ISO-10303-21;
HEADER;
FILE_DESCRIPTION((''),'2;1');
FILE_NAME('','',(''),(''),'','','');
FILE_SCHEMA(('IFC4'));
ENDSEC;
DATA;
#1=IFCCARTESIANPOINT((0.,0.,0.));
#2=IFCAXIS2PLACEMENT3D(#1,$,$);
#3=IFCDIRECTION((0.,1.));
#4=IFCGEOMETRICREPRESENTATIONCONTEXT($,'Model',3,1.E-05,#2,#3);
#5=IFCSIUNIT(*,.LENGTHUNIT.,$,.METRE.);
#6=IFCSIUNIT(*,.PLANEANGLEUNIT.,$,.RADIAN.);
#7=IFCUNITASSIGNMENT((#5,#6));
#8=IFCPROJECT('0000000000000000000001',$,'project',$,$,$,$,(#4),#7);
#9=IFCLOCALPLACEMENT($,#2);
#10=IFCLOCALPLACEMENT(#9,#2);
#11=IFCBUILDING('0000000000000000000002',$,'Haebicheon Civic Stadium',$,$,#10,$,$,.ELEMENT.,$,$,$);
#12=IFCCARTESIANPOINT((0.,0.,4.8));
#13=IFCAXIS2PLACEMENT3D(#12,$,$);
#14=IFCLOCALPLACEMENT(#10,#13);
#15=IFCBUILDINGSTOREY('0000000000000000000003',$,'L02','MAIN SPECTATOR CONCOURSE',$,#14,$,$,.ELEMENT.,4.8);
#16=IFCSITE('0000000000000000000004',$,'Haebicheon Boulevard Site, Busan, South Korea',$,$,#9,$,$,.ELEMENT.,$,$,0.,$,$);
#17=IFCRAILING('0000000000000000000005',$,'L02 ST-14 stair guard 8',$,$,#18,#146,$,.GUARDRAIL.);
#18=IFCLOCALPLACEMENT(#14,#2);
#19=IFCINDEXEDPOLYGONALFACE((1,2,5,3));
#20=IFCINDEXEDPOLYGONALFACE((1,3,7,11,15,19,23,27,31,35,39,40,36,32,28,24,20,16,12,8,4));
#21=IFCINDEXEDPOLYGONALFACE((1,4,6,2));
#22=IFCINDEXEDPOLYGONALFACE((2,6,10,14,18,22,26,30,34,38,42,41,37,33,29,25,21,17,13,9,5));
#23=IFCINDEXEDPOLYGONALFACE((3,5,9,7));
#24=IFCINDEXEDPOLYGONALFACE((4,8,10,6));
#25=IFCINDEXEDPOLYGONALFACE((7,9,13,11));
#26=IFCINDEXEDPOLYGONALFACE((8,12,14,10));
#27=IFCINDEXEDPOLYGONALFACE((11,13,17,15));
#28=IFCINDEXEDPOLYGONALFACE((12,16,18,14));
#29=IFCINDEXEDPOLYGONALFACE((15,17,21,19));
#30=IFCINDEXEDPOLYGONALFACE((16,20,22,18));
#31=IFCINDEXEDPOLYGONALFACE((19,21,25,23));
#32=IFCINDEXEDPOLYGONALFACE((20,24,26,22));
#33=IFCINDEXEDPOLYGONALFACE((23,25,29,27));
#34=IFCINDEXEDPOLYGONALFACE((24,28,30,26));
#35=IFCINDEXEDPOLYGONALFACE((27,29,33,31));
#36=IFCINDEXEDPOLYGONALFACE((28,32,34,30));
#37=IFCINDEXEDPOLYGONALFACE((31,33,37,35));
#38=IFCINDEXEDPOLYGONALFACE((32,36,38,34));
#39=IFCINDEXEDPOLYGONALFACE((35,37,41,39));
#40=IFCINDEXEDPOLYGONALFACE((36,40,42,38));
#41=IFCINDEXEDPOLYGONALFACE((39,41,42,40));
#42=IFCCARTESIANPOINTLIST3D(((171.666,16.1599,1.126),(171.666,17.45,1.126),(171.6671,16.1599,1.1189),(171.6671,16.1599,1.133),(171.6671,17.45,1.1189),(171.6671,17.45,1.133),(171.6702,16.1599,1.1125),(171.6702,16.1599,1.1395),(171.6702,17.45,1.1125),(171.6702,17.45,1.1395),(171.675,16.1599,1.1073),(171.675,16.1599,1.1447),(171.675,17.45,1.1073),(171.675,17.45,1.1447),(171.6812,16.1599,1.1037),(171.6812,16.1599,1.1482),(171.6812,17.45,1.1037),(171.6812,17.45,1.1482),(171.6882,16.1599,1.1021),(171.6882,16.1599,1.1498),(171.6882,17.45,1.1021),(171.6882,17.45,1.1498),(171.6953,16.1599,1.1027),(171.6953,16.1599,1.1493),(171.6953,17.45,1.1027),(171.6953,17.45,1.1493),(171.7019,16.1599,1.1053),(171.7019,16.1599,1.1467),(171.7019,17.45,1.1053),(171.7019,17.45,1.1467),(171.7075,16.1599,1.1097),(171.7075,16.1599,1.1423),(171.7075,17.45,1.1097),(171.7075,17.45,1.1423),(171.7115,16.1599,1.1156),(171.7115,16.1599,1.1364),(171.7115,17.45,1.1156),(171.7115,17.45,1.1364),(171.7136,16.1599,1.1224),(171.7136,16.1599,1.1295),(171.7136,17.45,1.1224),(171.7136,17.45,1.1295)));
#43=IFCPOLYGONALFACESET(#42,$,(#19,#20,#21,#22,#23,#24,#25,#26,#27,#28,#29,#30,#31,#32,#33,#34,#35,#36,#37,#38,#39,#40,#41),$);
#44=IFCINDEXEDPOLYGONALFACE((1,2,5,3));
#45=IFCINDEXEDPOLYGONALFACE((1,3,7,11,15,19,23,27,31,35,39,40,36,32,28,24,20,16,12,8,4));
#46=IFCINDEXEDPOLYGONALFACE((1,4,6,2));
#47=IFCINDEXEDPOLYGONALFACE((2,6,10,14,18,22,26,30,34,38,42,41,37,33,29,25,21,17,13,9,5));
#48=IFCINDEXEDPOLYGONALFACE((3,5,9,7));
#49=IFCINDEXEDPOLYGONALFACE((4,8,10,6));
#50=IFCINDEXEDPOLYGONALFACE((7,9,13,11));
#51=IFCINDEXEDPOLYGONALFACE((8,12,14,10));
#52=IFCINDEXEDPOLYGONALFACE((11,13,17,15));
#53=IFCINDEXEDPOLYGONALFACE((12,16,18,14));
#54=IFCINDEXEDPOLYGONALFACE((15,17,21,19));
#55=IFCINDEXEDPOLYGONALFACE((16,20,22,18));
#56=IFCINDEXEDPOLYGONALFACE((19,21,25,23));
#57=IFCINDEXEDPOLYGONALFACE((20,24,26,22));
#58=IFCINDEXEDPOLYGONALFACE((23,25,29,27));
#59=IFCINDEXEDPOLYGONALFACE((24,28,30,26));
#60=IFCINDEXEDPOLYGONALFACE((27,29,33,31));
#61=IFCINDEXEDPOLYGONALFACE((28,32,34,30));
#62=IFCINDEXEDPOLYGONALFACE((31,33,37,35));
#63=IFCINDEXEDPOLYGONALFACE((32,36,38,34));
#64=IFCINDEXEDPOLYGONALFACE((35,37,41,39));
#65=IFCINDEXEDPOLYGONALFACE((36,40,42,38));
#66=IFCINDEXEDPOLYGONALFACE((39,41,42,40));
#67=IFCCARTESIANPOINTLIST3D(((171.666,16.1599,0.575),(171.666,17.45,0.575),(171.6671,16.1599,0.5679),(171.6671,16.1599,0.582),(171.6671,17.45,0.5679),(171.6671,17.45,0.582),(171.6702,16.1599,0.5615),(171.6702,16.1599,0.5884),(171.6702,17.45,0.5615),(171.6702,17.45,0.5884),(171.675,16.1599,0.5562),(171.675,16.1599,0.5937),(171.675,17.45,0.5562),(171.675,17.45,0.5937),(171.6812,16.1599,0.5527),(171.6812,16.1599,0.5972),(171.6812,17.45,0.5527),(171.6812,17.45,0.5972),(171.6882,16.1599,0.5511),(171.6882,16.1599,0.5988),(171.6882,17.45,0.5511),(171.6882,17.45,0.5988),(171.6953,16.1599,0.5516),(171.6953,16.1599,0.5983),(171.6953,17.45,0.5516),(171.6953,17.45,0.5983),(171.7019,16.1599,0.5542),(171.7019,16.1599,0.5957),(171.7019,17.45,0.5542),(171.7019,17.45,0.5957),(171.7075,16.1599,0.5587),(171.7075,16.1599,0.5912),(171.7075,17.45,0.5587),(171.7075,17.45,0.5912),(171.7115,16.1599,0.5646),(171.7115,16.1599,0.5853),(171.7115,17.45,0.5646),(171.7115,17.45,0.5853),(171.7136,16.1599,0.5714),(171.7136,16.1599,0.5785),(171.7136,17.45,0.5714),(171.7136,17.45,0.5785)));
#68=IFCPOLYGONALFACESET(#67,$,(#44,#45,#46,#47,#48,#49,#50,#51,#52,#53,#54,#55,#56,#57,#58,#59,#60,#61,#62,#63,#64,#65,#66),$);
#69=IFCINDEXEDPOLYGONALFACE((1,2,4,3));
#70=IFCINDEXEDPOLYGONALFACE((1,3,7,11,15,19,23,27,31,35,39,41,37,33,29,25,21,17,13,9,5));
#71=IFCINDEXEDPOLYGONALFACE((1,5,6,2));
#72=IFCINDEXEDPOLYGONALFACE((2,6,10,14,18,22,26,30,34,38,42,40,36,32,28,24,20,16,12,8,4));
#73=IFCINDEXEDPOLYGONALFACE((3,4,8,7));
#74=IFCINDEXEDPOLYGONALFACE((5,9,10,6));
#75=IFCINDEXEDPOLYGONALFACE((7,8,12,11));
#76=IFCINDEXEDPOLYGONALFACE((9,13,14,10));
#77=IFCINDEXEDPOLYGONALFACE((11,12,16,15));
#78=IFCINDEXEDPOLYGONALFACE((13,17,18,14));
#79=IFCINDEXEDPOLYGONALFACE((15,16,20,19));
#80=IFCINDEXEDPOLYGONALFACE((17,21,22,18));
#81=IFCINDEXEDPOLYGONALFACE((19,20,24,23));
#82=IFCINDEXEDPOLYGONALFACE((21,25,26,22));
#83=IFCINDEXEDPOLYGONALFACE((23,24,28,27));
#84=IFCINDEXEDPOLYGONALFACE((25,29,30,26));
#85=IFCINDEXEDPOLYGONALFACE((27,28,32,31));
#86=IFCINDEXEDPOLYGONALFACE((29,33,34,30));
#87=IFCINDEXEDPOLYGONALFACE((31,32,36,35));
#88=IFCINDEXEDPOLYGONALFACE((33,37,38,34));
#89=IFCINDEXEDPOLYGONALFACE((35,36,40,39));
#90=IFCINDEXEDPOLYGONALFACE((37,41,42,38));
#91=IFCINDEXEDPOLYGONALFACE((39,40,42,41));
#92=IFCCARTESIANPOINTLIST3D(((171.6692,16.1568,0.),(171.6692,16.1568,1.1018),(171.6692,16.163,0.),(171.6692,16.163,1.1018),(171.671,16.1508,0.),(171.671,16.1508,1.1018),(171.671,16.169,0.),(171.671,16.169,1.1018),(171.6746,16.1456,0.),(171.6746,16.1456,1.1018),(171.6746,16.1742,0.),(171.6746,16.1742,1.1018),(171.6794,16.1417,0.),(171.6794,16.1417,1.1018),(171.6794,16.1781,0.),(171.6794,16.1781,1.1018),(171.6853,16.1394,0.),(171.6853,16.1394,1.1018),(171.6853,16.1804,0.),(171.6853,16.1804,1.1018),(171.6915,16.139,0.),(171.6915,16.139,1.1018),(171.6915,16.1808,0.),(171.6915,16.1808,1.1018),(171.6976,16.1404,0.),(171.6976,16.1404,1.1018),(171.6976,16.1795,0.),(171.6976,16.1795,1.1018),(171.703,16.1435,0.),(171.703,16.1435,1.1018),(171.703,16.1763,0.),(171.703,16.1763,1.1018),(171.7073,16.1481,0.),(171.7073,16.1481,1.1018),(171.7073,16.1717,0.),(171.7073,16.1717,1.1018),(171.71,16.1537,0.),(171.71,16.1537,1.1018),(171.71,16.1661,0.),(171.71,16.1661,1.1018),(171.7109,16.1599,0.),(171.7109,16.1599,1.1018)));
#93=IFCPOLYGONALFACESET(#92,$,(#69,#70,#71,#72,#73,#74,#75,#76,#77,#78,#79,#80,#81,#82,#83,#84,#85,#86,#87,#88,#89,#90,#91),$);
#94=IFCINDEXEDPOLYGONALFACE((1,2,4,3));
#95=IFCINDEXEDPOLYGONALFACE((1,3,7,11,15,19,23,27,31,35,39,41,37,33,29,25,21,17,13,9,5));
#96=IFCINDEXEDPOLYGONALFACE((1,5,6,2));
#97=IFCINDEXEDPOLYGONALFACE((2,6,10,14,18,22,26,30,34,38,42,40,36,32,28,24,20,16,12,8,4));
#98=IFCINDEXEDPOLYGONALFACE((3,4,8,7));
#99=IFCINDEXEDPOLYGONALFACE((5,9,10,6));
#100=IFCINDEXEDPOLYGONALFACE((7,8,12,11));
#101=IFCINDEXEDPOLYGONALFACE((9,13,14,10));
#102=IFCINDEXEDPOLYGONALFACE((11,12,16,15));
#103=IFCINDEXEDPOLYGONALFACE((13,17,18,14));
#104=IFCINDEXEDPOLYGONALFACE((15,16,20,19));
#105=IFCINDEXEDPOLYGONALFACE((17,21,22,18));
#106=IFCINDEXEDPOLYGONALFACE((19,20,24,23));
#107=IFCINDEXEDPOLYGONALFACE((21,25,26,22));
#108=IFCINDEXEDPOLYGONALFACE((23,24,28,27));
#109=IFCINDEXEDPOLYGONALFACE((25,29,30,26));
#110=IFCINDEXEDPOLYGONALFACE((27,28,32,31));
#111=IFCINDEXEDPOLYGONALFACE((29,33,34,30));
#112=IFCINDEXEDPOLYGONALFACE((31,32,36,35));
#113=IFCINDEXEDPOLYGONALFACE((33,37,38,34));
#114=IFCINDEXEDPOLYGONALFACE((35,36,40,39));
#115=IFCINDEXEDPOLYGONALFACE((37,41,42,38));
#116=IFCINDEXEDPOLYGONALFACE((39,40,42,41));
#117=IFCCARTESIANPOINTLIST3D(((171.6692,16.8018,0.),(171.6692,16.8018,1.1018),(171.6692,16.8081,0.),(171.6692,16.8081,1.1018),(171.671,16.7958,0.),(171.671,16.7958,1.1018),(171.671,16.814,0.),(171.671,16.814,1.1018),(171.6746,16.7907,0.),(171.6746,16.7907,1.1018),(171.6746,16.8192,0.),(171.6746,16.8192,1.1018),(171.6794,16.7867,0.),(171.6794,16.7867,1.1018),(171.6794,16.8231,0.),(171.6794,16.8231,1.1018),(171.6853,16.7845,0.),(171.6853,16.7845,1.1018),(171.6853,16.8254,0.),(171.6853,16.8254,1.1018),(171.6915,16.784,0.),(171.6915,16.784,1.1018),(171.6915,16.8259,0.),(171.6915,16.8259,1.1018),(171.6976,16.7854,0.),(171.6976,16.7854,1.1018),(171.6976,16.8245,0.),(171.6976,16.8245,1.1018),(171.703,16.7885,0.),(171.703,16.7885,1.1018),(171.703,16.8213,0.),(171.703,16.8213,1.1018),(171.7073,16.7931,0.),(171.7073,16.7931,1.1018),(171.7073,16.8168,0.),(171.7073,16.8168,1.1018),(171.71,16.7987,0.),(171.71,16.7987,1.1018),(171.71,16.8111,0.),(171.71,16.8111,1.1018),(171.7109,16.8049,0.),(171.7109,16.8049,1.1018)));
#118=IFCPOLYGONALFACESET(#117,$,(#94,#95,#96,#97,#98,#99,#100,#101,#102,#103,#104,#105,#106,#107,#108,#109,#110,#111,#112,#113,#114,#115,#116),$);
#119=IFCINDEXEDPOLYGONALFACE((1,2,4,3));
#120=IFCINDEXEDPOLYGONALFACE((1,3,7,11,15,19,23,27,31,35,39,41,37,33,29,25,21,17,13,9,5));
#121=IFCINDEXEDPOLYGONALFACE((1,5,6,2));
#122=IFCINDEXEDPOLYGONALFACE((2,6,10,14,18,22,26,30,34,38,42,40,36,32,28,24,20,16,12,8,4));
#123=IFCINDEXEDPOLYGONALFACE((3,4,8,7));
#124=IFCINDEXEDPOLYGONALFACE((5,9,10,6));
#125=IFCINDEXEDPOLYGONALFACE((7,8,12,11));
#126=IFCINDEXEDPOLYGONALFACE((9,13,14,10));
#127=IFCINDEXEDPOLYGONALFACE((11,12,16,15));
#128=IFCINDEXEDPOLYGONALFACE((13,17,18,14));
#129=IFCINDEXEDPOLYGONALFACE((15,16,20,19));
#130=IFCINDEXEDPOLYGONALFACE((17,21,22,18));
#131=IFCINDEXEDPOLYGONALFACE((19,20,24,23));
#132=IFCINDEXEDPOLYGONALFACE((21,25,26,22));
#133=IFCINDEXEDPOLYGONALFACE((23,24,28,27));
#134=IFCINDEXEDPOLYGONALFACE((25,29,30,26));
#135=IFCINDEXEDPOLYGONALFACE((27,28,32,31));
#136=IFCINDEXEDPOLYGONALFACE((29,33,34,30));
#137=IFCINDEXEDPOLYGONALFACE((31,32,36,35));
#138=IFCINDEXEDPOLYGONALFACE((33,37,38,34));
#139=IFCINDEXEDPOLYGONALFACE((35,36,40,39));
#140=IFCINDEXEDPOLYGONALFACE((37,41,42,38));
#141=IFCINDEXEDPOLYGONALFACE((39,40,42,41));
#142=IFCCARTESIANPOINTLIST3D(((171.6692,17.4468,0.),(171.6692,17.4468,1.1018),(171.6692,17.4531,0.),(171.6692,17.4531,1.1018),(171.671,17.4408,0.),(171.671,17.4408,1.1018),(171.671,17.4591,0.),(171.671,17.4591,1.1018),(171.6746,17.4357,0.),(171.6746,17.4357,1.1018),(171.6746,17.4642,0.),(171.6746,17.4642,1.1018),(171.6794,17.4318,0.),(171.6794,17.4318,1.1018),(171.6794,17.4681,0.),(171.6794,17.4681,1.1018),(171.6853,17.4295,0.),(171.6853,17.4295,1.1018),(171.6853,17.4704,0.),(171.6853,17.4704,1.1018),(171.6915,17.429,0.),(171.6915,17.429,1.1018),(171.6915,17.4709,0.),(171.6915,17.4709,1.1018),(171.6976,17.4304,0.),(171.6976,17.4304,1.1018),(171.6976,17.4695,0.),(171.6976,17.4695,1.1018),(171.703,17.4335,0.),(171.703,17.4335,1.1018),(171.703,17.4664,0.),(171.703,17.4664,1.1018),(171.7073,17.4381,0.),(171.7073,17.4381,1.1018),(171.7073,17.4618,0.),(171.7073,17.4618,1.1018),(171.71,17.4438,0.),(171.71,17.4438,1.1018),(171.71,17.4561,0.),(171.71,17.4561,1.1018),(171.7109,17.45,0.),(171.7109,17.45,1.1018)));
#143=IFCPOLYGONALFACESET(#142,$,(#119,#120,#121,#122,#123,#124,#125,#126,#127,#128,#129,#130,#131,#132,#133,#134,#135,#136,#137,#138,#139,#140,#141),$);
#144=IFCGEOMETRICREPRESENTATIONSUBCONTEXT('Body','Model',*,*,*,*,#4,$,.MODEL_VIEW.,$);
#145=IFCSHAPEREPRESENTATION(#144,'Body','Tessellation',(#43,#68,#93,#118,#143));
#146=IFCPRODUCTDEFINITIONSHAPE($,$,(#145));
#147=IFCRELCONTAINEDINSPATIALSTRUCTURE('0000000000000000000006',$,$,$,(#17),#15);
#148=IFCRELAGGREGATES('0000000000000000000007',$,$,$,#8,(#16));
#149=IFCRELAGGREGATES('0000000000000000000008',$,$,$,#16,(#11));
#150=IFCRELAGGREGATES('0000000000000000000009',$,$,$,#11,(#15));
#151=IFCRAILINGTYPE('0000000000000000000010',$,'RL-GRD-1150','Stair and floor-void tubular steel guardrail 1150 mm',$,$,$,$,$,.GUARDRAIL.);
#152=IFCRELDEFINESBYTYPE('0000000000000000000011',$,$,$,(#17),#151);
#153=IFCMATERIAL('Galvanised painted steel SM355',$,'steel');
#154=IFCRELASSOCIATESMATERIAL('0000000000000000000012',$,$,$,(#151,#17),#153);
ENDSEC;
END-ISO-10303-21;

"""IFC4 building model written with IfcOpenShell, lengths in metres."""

from ifc_helpers import new_model, si_unit, direction, frame, origin, origin_2d, place, context, subcontext, project, spatial, circle, extrude, material, type_object, element, save


model = new_model("IFC4")

# Units and contexts
model_context = context("Model", 3, precision=1e-05, world=origin(), true_north=direction((0.0, 1.0)))
body_context = subcontext(model_context, "Body", "Model", "MODEL_VIEW")
ifc_project = project(units=[si_unit("LENGTHUNIT", "METRE"), si_unit("PLANEANGLEUNIT", "RADIAN")], contexts=[model_context])

# Site, building, storey
site_placement = place(None, origin())
site = spatial("IfcSite", under=ifc_project, at=site_placement, Name="Haebicheon Boulevard Site, Busan, South Korea", CompositionType="ELEMENT", RefElevation=0.0)
building_placement = place(site_placement, origin())
building = spatial("IfcBuilding", under=site, at=building_placement, Name="Haebicheon Civic Stadium", CompositionType="ELEMENT")
storey_placement = place(building_placement, frame((0.0, 0.0, 4.8)))
storey = spatial("IfcBuildingStorey", under=building, at=storey_placement, Name="L02", Description="MAIN SPECTATOR CONCOURSE", CompositionType="ELEMENT", Elevation=4.8)

# Railing
ifc_material_1 = material(Name="Galvanised painted steel SM355", Category="steel")
railing_type_1 = type_object("IfcRailingType", Name="RL-GRD-1150", Description="Stair and floor-void tubular steel guardrail 1150 mm", PredefinedType="GUARDRAIL", material=ifc_material_1)
for number, where, name in (
    (1, (171.6899, 16.1599, 0.0), "L02 ST-14 stair guard 8"),
):
    element("IfcRailing", number, at=place(storey_placement, frame(where)), inside=storey, type_object=railing_type_1, material=ifc_material_1, Name=name, PredefinedType="GUARDRAIL", context=body_context, shape_type="SweptSolid", body=[
        extrude(circle(Radius=0.0239, at=origin_2d()), frame((0.0, 0.0, 1.126), z_axis=(0.0, 1.0, 0.0), x_axis=(-1.0, 0.0, 0.0)), (0.0, 0.0, 1.0), 1.29),
        extrude(circle(Radius=0.0239, at=origin_2d()), frame((0.0, 0.0, 0.575), z_axis=(0.0, 1.0, 0.0), x_axis=(-1.0, 0.0, 0.0)), (0.0, 0.0, 1.0), 1.29),
        extrude(circle(Radius=0.021, at=origin_2d()), origin(), (0.0, 0.0, 1.0), 1.1018),
        extrude(circle(Radius=0.021, at=origin_2d()), frame((0.0, 0.645, 0.0)), (0.0, 0.0, 1.0), 1.1018),
        extrude(circle(Radius=0.021, at=origin_2d()), frame((0.0, 1.29, 0.0)), (0.0, 0.0, 1.0), 1.1018),
    ])

save(model, "model.ifc")
